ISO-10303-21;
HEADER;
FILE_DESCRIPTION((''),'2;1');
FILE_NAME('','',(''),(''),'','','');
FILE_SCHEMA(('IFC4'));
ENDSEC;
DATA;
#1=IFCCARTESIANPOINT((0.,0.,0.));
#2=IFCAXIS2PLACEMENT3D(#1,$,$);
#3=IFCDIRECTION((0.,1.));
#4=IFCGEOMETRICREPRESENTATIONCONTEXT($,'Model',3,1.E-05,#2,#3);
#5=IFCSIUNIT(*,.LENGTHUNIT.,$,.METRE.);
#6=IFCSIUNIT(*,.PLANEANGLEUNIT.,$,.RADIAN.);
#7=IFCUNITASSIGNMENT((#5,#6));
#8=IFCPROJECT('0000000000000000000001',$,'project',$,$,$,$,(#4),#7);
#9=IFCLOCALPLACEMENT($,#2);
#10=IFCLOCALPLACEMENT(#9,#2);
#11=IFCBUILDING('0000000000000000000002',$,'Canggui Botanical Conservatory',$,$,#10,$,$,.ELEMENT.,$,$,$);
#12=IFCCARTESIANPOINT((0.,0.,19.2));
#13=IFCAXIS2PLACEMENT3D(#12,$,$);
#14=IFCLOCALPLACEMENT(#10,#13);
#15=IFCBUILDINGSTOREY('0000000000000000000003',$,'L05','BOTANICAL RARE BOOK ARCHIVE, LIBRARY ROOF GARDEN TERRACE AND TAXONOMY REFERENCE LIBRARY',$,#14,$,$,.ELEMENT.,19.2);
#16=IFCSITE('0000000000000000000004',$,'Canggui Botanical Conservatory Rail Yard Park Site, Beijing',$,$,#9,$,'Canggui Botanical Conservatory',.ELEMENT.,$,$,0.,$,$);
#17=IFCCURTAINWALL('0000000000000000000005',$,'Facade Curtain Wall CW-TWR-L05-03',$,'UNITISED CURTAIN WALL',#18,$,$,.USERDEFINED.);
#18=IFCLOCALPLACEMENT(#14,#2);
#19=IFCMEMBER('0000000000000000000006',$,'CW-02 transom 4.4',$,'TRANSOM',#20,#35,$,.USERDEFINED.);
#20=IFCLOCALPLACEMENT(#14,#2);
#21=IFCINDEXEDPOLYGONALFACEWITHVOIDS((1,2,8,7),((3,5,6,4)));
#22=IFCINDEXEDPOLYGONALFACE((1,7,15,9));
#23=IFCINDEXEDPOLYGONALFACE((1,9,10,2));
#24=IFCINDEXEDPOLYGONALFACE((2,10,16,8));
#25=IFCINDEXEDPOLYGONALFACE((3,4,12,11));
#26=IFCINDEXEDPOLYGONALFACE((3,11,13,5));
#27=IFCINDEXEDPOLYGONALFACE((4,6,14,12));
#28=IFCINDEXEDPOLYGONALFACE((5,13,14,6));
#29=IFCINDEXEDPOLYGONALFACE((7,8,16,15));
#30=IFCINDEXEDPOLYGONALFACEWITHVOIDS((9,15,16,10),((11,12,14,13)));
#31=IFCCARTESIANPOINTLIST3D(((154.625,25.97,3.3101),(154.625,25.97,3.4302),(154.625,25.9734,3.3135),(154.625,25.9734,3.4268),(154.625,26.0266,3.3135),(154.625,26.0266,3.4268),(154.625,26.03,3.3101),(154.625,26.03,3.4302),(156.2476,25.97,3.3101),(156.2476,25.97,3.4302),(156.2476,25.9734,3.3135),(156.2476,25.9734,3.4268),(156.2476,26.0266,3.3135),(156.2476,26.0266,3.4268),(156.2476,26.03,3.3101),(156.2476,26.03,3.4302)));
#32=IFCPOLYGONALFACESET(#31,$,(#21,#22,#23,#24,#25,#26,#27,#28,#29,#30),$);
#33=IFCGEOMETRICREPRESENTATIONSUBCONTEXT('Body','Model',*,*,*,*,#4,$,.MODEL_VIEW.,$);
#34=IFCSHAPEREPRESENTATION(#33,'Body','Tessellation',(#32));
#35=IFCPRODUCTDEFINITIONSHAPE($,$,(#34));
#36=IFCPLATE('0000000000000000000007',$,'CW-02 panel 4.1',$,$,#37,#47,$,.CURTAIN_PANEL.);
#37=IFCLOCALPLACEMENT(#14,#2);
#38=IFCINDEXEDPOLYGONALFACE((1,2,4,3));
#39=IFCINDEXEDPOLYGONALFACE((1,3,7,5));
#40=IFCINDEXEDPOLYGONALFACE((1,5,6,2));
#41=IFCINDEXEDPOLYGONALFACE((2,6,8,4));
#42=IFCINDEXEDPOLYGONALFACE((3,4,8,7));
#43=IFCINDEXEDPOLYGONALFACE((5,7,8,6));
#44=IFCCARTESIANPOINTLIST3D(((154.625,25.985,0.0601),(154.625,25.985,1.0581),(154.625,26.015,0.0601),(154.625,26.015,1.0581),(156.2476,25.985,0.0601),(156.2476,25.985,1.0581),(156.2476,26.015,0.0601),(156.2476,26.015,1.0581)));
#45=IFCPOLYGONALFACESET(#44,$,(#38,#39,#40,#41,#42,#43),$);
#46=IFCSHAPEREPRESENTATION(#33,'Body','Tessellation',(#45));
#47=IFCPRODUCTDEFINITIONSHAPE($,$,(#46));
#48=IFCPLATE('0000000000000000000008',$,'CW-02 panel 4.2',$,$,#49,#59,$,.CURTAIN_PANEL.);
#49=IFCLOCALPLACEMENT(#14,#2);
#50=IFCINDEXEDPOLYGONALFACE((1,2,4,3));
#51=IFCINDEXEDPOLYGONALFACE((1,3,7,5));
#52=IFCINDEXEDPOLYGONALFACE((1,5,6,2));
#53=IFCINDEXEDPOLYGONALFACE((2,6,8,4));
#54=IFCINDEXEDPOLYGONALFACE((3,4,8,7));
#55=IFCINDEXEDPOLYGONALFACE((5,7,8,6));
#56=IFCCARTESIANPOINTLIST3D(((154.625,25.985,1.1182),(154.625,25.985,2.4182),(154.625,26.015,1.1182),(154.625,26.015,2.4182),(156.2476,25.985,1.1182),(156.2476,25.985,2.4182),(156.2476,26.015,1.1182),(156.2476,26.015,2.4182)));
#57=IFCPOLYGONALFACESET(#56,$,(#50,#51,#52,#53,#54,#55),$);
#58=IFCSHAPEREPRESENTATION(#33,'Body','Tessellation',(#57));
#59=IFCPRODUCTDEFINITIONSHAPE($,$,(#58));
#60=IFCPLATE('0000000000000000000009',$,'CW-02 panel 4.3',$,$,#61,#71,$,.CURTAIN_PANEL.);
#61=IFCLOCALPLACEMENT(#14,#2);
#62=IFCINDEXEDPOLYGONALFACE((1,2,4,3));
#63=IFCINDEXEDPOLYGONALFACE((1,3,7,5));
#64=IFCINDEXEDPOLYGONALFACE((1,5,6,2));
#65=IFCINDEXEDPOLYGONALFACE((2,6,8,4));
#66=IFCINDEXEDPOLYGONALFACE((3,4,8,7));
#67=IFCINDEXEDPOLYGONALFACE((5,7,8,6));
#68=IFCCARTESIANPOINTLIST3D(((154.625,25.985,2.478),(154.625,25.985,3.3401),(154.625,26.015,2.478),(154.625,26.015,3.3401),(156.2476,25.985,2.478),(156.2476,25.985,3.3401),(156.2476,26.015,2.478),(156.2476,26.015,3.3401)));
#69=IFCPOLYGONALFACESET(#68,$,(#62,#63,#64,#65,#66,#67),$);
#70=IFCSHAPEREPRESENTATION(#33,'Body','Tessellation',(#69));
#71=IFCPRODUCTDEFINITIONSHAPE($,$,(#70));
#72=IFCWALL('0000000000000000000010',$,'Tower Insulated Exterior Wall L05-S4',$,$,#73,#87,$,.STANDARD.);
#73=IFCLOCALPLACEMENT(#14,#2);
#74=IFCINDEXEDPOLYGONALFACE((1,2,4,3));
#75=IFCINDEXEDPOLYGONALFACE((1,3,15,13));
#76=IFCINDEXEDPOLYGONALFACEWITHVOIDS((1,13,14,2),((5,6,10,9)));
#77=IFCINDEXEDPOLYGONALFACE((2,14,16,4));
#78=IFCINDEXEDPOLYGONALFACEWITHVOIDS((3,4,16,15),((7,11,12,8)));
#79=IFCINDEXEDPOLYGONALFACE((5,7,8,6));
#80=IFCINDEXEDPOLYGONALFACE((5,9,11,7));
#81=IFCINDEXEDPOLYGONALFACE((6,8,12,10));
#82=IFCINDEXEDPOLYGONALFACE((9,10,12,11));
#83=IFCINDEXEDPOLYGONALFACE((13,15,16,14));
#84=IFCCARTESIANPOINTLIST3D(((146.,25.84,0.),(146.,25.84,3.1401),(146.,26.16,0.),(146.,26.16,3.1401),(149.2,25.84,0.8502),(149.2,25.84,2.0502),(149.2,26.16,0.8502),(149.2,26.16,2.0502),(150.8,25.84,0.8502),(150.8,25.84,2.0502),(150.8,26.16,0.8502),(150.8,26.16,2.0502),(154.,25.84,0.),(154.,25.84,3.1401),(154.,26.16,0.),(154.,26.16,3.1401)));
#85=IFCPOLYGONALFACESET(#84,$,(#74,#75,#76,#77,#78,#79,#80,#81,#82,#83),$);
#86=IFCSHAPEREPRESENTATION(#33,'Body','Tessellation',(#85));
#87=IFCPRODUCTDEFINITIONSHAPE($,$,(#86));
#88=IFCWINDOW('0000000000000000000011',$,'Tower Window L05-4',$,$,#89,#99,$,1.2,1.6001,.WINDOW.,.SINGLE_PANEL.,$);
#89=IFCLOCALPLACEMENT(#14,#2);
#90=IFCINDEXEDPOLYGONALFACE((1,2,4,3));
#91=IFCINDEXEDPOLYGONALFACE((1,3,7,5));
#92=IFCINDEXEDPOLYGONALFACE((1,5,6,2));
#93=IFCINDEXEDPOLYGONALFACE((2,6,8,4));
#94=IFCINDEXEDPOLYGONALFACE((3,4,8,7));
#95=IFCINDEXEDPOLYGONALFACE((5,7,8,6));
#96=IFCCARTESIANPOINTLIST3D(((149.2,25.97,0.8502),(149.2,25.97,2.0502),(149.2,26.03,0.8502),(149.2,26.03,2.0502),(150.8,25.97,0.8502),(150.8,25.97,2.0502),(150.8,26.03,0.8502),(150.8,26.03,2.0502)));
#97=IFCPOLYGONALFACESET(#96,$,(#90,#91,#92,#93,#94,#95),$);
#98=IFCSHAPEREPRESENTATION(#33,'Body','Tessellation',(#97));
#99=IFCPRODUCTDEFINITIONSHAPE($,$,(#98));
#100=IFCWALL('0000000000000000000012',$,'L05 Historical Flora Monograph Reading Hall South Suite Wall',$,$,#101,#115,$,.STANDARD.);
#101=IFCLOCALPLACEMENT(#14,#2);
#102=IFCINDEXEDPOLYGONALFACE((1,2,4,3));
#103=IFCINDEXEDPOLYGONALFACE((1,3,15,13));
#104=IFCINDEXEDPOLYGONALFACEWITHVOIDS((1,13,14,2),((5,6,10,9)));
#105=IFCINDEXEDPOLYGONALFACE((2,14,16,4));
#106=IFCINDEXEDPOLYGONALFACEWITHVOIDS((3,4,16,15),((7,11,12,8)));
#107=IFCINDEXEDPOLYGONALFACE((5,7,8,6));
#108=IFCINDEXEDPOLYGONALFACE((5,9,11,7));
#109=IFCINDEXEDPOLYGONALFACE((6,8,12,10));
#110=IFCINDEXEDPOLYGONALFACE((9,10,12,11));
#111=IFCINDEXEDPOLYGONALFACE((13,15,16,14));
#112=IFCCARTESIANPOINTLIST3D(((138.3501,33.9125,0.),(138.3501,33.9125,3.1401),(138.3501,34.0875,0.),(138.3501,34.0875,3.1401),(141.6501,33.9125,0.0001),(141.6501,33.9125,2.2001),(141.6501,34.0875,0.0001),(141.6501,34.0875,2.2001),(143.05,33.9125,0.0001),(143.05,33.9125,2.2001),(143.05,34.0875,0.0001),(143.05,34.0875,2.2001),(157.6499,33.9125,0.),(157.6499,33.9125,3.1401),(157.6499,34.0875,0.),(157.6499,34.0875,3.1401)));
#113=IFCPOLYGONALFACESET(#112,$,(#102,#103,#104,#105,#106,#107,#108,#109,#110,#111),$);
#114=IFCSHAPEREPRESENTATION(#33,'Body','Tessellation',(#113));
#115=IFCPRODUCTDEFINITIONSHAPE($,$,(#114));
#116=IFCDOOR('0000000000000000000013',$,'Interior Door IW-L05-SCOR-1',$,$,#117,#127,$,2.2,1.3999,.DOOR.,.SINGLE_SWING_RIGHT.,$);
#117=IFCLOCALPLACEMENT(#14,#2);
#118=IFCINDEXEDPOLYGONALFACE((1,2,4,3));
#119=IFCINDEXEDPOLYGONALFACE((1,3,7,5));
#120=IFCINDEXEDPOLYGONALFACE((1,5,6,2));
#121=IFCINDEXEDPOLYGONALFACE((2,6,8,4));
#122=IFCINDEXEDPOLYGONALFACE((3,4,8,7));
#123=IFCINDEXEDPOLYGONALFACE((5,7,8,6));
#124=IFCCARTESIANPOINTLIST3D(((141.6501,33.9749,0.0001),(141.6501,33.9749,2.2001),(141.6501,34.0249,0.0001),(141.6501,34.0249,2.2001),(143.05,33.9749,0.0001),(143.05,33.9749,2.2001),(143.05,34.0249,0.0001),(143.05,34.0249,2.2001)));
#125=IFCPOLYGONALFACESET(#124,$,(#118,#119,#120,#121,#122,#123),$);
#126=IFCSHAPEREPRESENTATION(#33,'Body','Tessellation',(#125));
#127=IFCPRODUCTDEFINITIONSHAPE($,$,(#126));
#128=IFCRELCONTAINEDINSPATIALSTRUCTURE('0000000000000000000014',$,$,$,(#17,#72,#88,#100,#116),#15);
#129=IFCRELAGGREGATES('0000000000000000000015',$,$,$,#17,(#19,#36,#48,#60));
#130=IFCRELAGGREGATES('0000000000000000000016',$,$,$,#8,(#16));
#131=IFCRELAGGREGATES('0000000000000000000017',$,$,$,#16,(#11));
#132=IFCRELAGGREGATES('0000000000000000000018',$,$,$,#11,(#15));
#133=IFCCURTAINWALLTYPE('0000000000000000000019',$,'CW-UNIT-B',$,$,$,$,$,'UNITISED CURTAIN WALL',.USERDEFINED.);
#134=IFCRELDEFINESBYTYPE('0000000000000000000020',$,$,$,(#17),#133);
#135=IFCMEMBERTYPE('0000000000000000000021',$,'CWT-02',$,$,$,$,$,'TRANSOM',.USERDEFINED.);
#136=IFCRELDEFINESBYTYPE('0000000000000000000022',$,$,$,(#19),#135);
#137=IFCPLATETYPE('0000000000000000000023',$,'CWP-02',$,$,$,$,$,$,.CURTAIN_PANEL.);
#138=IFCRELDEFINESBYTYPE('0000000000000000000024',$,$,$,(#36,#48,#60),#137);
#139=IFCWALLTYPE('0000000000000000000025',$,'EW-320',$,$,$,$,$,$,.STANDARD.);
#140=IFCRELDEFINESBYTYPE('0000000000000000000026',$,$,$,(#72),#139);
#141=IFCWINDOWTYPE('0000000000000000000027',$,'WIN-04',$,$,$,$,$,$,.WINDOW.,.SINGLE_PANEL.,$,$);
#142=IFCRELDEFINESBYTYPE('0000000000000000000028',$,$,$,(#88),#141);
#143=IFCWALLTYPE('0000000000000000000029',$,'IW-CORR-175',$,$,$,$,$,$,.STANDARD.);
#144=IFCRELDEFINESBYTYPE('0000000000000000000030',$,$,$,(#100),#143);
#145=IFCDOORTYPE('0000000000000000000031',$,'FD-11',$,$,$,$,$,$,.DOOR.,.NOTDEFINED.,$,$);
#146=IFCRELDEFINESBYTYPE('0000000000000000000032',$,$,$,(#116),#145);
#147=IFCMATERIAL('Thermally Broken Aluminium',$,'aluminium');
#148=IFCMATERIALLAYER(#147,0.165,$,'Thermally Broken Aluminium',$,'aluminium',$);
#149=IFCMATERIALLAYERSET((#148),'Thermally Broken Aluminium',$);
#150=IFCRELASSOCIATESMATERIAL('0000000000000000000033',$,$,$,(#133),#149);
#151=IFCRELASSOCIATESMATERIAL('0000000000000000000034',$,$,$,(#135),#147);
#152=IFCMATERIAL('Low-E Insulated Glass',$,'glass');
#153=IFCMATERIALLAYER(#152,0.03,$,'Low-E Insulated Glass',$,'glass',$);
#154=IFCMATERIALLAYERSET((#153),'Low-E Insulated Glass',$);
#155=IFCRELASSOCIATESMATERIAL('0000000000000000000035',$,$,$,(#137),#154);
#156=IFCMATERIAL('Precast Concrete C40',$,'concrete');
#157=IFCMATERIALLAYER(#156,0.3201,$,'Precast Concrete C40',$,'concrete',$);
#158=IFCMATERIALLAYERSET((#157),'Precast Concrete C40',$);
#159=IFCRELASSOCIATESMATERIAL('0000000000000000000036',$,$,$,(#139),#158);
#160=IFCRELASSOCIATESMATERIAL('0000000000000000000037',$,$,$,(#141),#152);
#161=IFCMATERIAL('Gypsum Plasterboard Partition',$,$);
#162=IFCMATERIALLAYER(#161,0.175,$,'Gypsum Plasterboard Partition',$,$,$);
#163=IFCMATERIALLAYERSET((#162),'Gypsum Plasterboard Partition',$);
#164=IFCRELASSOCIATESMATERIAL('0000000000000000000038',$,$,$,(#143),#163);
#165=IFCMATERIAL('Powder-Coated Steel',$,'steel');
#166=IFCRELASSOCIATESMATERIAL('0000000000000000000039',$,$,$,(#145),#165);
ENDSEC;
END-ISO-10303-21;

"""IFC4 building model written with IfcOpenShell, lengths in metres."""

from ifc_helpers import new_model, si_unit, direction, frame, frame_2d, origin, origin_2d, place, context, subcontext, project, spatial, rectangle, hollow_rectangle, extrude, material, layer, layer_set, material_profile, profile_set, type_object, element, fill, aggregate, save


model = new_model("IFC4")

# Units and contexts
model_context = context("Model", 3, precision=1e-05, world=origin(), true_north=direction((0.0, 1.0)))
body_context = subcontext(model_context, "Body", "Model", "MODEL_VIEW")
ifc_project = project(units=[si_unit("LENGTHUNIT", "METRE"), si_unit("PLANEANGLEUNIT", "RADIAN")], contexts=[model_context])

# Site, building, storey
site_placement = place(None, origin())
site = spatial("IfcSite", under=ifc_project, at=site_placement, Name="Canggui Botanical Conservatory Rail Yard Park Site, Beijing", LongName="Canggui Botanical Conservatory", CompositionType="ELEMENT", RefElevation=0.0)
building_placement = place(site_placement, origin())
building = spatial("IfcBuilding", under=site, at=building_placement, Name="Canggui Botanical Conservatory", CompositionType="ELEMENT")
storey_placement = place(building_placement, frame((0.0, 0.0, 19.2)))
storey = spatial("IfcBuildingStorey", under=building, at=storey_placement, Name="L05", Description="BOTANICAL RARE BOOK ARCHIVE, LIBRARY ROOF GARDEN TERRACE AND TAXONOMY REFERENCE LIBRARY", CompositionType="ELEMENT", Elevation=19.2)

# Curtain wall, member, plates
ifc_material_1 = material(Name="Thermally Broken Aluminium", Category="aluminium")
ifc_layer_1 = layer(ifc_material_1, 0.165, Name="Thermally Broken Aluminium", Category="aluminium")
ifc_layer_set_1 = layer_set([ifc_layer_1], Name="Thermally Broken Aluminium")
curtain_wall_type = type_object("IfcCurtainWallType", Name="CW-UNIT-B", ElementType="UNITISED CURTAIN WALL", PredefinedType="USERDEFINED", material=ifc_layer_set_1)
curtain_wall_placement = place(storey_placement, origin())
curtain_wall = element("IfcCurtainWall", 1, at=curtain_wall_placement, inside=storey, type_object=curtain_wall_type, Name="Facade Curtain Wall CW-TWR-L05-03", ObjectType="UNITISED CURTAIN WALL", PredefinedType="USERDEFINED")
ifc_material_profile_1 = material_profile(ifc_material_1, hollow_rectangle(XDim=0.0601, YDim=0.1201, WallThickness=0.0034, at=origin_2d()), Name="CWT 60x120x3.5")
ifc_profile_set_1 = profile_set([ifc_material_profile_1], Name="Thermally Broken Aluminium")
member_type_1 = type_object("IfcMemberType", Name="CWT-02", ElementType="TRANSOM", PredefinedType="USERDEFINED", material=ifc_profile_set_1)
member_1_placement = place(storey_placement, frame((156.2476, 26.0, 3.3701), z_axis=(-1.0, 0.0, 0.0), x_axis=(0.0, -1.0, 0.0)))
member_1 = element("IfcMember", 2, at=member_1_placement, type_object=member_type_1, Name="CW-02 transom 4.4", ObjectType="TRANSOM", PredefinedType="USERDEFINED", context=body_context, shape_type="SweptSolid", body=[
    extrude(hollow_rectangle(XDim=0.0601, YDim=0.1201, WallThickness=0.0034, at=origin_2d()), origin(), (0.0, 0.0, 1.0), 1.6226),
])
ifc_material_2 = material(Name="Low-E Insulated Glass", Category="glass")
ifc_layer_2 = layer(ifc_material_2, 0.03, Name="Low-E Insulated Glass", Category="glass")
ifc_layer_set_2 = layer_set([ifc_layer_2], Name="Low-E Insulated Glass")
plate_type = type_object("IfcPlateType", Name="CWP-02", PredefinedType="CURTAIN_PANEL", material=ifc_layer_set_2)
plate_1_placement = place(storey_placement, frame((155.4363, 26.0, 0.0601), z_axis=(0.0, 0.0, 1.0), x_axis=(-1.0, 0.0, 0.0)))
plate_1 = element("IfcPlate", 3, at=plate_1_placement, type_object=plate_type, Name="CW-02 panel 4.1", PredefinedType="CURTAIN_PANEL", context=body_context, shape_type="SweptSolid", body=[
    extrude(rectangle(XDim=1.6226, YDim=0.03, at=origin_2d()), origin(), (0.0, 0.0, 1.0), 0.998),
])
plate_2_placement = place(storey_placement, frame((155.4363, 26.0, 1.1182), z_axis=(0.0, 0.0, 1.0), x_axis=(-1.0, 0.0, 0.0)))
plate_2 = element("IfcPlate", 4, at=plate_2_placement, type_object=plate_type, Name="CW-02 panel 4.2", PredefinedType="CURTAIN_PANEL", context=body_context, shape_type="SweptSolid", body=[
    extrude(rectangle(XDim=1.6226, YDim=0.03, at=origin_2d()), origin(), (0.0, 0.0, 1.0), 1.3),
])
plate_3_placement = place(storey_placement, frame((155.4363, 26.0, 2.478), z_axis=(0.0, 0.0, 1.0), x_axis=(-1.0, 0.0, 0.0)))
plate_3 = element("IfcPlate", 5, at=plate_3_placement, type_object=plate_type, Name="CW-02 panel 4.3", PredefinedType="CURTAIN_PANEL", context=body_context, shape_type="SweptSolid", body=[
    extrude(rectangle(XDim=1.6226, YDim=0.03, at=origin_2d()), origin(), (0.0, 0.0, 1.0), 0.8621),
])
aggregate(curtain_wall, [member_1, plate_1, plate_2, plate_3])

# Wall, opening, window
ifc_material_3 = material(Name="Precast Concrete C40", Category="concrete")
ifc_layer_3 = layer(ifc_material_3, 0.3201, Name="Precast Concrete C40", Category="concrete")
ifc_layer_set_3 = layer_set([ifc_layer_3], Name="Precast Concrete C40")
wall_type_1 = type_object("IfcWallType", Name="EW-320", PredefinedType="STANDARD", material=ifc_layer_set_3)
wall_1_placement = place(storey_placement, frame((154.0, 26.0, 0.0), z_axis=(0.0, 0.0, 1.0), x_axis=(-1.0, 0.0, 0.0)))
wall_1 = element("IfcWall", 6, at=wall_1_placement, inside=storey, type_object=wall_type_1, Name="Tower Insulated Exterior Wall L05-S4", PredefinedType="STANDARD", context=body_context, shape_type="SweptSolid", body=[
    extrude(rectangle(XDim=8.0, YDim=0.3201, at=frame_2d((4.0, 0.0))), origin(), (0.0, 0.0, 1.0), 3.1401),
])
opening_1_placement = place(wall_1_placement, frame((3.2, 0.0, 0.8501)))
opening_1 = element("IfcOpeningElement", 7, at=opening_1_placement, cuts=wall_1, PredefinedType="OPENING", context=body_context, shape_type="SweptSolid", body=[
    extrude(rectangle(XDim=1.6001, YDim=1.2, at=frame_2d((0.8, 0.6001))), frame((0.0, 0.1699, 0.0), z_axis=(0.0, -1.0, 0.0), x_axis=(1.0, 0.0, 0.0)), (0.0, 0.0, 1.0), 0.3401),
])
window_type = type_object("IfcWindowType", Name="WIN-04", PartitioningType="SINGLE_PANEL", PredefinedType="WINDOW", material=ifc_material_2)
window_placement = place(opening_1_placement, origin())
window = element("IfcWindow", 8, at=window_placement, inside=storey, type_object=window_type, Name="Tower Window L05-4", OverallHeight=1.2, OverallWidth=1.6001, PartitioningType="SINGLE_PANEL", PredefinedType="WINDOW", context=body_context, shape_type="SweptSolid", body=[
    extrude(rectangle(XDim=1.6001, YDim=1.2, at=frame_2d((0.8, 0.6001))), frame((0.0, 0.03, 0.0), z_axis=(0.0, -1.0, 0.0), x_axis=(1.0, 0.0, 0.0)), (0.0, 0.0, 1.0), 0.0601),
])
fill(opening_1, window)

# Wall, opening, door
ifc_material_4 = material(Name="Gypsum Plasterboard Partition")
ifc_layer_4 = layer(ifc_material_4, 0.175, Name="Gypsum Plasterboard Partition")
ifc_layer_set_4 = layer_set([ifc_layer_4], Name="Gypsum Plasterboard Partition")
wall_type_2 = type_object("IfcWallType", Name="IW-CORR-175", PredefinedType="STANDARD", material=ifc_layer_set_4)
wall_2_placement = place(storey_placement, frame((138.3501, 34.0, 0.0), z_axis=(0.0, 0.0, 1.0), x_axis=(1.0, 0.0, 0.0)))
wall_2 = element("IfcWall", 9, at=wall_2_placement, inside=storey, type_object=wall_type_2, Name="L05 Historical Flora Monograph Reading Hall South Suite Wall", PredefinedType="STANDARD", context=body_context, shape_type="SweptSolid", body=[
    extrude(rectangle(XDim=19.2998, YDim=0.175, at=frame_2d((9.6499, 0.0))), origin(), (0.0, 0.0, 1.0), 3.1401),
])
opening_2_placement = place(wall_2_placement, frame((3.3, 0.0, 0.0)))
opening_2 = element("IfcOpeningElement", 10, at=opening_2_placement, cuts=wall_2, PredefinedType="OPENING", context=body_context, shape_type="SweptSolid", body=[
    extrude(rectangle(XDim=1.3999, YDim=2.2, at=frame_2d((0.7, 1.1001))), frame((0.0, 0.0977, 0.0), z_axis=(0.0, -1.0, 0.0), x_axis=(1.0, 0.0, 0.0)), (0.0, 0.0, 1.0), 0.1951),
])
ifc_material_5 = material(Name="Powder-Coated Steel", Category="steel")
door_type = type_object("IfcDoorType", Name="FD-11", OperationType="NOTDEFINED", PredefinedType="DOOR", material=ifc_material_5)
door_placement = place(opening_2_placement, origin())
door = element("IfcDoor", 11, at=door_placement, inside=storey, type_object=door_type, Name="Interior Door IW-L05-SCOR-1", OperationType="SINGLE_SWING_RIGHT", OverallHeight=2.2, OverallWidth=1.3999, PredefinedType="DOOR", context=body_context, shape_type="SweptSolid", body=[
    extrude(rectangle(XDim=1.3999, YDim=2.2, at=frame_2d((0.7, 1.1001))), frame((0.0, 0.0249, 0.0), z_axis=(0.0, -1.0, 0.0), x_axis=(1.0, 0.0, 0.0)), (0.0, 0.0, 1.0), 0.05),
])
fill(opening_2, door)

save(model, "model.ifc")
